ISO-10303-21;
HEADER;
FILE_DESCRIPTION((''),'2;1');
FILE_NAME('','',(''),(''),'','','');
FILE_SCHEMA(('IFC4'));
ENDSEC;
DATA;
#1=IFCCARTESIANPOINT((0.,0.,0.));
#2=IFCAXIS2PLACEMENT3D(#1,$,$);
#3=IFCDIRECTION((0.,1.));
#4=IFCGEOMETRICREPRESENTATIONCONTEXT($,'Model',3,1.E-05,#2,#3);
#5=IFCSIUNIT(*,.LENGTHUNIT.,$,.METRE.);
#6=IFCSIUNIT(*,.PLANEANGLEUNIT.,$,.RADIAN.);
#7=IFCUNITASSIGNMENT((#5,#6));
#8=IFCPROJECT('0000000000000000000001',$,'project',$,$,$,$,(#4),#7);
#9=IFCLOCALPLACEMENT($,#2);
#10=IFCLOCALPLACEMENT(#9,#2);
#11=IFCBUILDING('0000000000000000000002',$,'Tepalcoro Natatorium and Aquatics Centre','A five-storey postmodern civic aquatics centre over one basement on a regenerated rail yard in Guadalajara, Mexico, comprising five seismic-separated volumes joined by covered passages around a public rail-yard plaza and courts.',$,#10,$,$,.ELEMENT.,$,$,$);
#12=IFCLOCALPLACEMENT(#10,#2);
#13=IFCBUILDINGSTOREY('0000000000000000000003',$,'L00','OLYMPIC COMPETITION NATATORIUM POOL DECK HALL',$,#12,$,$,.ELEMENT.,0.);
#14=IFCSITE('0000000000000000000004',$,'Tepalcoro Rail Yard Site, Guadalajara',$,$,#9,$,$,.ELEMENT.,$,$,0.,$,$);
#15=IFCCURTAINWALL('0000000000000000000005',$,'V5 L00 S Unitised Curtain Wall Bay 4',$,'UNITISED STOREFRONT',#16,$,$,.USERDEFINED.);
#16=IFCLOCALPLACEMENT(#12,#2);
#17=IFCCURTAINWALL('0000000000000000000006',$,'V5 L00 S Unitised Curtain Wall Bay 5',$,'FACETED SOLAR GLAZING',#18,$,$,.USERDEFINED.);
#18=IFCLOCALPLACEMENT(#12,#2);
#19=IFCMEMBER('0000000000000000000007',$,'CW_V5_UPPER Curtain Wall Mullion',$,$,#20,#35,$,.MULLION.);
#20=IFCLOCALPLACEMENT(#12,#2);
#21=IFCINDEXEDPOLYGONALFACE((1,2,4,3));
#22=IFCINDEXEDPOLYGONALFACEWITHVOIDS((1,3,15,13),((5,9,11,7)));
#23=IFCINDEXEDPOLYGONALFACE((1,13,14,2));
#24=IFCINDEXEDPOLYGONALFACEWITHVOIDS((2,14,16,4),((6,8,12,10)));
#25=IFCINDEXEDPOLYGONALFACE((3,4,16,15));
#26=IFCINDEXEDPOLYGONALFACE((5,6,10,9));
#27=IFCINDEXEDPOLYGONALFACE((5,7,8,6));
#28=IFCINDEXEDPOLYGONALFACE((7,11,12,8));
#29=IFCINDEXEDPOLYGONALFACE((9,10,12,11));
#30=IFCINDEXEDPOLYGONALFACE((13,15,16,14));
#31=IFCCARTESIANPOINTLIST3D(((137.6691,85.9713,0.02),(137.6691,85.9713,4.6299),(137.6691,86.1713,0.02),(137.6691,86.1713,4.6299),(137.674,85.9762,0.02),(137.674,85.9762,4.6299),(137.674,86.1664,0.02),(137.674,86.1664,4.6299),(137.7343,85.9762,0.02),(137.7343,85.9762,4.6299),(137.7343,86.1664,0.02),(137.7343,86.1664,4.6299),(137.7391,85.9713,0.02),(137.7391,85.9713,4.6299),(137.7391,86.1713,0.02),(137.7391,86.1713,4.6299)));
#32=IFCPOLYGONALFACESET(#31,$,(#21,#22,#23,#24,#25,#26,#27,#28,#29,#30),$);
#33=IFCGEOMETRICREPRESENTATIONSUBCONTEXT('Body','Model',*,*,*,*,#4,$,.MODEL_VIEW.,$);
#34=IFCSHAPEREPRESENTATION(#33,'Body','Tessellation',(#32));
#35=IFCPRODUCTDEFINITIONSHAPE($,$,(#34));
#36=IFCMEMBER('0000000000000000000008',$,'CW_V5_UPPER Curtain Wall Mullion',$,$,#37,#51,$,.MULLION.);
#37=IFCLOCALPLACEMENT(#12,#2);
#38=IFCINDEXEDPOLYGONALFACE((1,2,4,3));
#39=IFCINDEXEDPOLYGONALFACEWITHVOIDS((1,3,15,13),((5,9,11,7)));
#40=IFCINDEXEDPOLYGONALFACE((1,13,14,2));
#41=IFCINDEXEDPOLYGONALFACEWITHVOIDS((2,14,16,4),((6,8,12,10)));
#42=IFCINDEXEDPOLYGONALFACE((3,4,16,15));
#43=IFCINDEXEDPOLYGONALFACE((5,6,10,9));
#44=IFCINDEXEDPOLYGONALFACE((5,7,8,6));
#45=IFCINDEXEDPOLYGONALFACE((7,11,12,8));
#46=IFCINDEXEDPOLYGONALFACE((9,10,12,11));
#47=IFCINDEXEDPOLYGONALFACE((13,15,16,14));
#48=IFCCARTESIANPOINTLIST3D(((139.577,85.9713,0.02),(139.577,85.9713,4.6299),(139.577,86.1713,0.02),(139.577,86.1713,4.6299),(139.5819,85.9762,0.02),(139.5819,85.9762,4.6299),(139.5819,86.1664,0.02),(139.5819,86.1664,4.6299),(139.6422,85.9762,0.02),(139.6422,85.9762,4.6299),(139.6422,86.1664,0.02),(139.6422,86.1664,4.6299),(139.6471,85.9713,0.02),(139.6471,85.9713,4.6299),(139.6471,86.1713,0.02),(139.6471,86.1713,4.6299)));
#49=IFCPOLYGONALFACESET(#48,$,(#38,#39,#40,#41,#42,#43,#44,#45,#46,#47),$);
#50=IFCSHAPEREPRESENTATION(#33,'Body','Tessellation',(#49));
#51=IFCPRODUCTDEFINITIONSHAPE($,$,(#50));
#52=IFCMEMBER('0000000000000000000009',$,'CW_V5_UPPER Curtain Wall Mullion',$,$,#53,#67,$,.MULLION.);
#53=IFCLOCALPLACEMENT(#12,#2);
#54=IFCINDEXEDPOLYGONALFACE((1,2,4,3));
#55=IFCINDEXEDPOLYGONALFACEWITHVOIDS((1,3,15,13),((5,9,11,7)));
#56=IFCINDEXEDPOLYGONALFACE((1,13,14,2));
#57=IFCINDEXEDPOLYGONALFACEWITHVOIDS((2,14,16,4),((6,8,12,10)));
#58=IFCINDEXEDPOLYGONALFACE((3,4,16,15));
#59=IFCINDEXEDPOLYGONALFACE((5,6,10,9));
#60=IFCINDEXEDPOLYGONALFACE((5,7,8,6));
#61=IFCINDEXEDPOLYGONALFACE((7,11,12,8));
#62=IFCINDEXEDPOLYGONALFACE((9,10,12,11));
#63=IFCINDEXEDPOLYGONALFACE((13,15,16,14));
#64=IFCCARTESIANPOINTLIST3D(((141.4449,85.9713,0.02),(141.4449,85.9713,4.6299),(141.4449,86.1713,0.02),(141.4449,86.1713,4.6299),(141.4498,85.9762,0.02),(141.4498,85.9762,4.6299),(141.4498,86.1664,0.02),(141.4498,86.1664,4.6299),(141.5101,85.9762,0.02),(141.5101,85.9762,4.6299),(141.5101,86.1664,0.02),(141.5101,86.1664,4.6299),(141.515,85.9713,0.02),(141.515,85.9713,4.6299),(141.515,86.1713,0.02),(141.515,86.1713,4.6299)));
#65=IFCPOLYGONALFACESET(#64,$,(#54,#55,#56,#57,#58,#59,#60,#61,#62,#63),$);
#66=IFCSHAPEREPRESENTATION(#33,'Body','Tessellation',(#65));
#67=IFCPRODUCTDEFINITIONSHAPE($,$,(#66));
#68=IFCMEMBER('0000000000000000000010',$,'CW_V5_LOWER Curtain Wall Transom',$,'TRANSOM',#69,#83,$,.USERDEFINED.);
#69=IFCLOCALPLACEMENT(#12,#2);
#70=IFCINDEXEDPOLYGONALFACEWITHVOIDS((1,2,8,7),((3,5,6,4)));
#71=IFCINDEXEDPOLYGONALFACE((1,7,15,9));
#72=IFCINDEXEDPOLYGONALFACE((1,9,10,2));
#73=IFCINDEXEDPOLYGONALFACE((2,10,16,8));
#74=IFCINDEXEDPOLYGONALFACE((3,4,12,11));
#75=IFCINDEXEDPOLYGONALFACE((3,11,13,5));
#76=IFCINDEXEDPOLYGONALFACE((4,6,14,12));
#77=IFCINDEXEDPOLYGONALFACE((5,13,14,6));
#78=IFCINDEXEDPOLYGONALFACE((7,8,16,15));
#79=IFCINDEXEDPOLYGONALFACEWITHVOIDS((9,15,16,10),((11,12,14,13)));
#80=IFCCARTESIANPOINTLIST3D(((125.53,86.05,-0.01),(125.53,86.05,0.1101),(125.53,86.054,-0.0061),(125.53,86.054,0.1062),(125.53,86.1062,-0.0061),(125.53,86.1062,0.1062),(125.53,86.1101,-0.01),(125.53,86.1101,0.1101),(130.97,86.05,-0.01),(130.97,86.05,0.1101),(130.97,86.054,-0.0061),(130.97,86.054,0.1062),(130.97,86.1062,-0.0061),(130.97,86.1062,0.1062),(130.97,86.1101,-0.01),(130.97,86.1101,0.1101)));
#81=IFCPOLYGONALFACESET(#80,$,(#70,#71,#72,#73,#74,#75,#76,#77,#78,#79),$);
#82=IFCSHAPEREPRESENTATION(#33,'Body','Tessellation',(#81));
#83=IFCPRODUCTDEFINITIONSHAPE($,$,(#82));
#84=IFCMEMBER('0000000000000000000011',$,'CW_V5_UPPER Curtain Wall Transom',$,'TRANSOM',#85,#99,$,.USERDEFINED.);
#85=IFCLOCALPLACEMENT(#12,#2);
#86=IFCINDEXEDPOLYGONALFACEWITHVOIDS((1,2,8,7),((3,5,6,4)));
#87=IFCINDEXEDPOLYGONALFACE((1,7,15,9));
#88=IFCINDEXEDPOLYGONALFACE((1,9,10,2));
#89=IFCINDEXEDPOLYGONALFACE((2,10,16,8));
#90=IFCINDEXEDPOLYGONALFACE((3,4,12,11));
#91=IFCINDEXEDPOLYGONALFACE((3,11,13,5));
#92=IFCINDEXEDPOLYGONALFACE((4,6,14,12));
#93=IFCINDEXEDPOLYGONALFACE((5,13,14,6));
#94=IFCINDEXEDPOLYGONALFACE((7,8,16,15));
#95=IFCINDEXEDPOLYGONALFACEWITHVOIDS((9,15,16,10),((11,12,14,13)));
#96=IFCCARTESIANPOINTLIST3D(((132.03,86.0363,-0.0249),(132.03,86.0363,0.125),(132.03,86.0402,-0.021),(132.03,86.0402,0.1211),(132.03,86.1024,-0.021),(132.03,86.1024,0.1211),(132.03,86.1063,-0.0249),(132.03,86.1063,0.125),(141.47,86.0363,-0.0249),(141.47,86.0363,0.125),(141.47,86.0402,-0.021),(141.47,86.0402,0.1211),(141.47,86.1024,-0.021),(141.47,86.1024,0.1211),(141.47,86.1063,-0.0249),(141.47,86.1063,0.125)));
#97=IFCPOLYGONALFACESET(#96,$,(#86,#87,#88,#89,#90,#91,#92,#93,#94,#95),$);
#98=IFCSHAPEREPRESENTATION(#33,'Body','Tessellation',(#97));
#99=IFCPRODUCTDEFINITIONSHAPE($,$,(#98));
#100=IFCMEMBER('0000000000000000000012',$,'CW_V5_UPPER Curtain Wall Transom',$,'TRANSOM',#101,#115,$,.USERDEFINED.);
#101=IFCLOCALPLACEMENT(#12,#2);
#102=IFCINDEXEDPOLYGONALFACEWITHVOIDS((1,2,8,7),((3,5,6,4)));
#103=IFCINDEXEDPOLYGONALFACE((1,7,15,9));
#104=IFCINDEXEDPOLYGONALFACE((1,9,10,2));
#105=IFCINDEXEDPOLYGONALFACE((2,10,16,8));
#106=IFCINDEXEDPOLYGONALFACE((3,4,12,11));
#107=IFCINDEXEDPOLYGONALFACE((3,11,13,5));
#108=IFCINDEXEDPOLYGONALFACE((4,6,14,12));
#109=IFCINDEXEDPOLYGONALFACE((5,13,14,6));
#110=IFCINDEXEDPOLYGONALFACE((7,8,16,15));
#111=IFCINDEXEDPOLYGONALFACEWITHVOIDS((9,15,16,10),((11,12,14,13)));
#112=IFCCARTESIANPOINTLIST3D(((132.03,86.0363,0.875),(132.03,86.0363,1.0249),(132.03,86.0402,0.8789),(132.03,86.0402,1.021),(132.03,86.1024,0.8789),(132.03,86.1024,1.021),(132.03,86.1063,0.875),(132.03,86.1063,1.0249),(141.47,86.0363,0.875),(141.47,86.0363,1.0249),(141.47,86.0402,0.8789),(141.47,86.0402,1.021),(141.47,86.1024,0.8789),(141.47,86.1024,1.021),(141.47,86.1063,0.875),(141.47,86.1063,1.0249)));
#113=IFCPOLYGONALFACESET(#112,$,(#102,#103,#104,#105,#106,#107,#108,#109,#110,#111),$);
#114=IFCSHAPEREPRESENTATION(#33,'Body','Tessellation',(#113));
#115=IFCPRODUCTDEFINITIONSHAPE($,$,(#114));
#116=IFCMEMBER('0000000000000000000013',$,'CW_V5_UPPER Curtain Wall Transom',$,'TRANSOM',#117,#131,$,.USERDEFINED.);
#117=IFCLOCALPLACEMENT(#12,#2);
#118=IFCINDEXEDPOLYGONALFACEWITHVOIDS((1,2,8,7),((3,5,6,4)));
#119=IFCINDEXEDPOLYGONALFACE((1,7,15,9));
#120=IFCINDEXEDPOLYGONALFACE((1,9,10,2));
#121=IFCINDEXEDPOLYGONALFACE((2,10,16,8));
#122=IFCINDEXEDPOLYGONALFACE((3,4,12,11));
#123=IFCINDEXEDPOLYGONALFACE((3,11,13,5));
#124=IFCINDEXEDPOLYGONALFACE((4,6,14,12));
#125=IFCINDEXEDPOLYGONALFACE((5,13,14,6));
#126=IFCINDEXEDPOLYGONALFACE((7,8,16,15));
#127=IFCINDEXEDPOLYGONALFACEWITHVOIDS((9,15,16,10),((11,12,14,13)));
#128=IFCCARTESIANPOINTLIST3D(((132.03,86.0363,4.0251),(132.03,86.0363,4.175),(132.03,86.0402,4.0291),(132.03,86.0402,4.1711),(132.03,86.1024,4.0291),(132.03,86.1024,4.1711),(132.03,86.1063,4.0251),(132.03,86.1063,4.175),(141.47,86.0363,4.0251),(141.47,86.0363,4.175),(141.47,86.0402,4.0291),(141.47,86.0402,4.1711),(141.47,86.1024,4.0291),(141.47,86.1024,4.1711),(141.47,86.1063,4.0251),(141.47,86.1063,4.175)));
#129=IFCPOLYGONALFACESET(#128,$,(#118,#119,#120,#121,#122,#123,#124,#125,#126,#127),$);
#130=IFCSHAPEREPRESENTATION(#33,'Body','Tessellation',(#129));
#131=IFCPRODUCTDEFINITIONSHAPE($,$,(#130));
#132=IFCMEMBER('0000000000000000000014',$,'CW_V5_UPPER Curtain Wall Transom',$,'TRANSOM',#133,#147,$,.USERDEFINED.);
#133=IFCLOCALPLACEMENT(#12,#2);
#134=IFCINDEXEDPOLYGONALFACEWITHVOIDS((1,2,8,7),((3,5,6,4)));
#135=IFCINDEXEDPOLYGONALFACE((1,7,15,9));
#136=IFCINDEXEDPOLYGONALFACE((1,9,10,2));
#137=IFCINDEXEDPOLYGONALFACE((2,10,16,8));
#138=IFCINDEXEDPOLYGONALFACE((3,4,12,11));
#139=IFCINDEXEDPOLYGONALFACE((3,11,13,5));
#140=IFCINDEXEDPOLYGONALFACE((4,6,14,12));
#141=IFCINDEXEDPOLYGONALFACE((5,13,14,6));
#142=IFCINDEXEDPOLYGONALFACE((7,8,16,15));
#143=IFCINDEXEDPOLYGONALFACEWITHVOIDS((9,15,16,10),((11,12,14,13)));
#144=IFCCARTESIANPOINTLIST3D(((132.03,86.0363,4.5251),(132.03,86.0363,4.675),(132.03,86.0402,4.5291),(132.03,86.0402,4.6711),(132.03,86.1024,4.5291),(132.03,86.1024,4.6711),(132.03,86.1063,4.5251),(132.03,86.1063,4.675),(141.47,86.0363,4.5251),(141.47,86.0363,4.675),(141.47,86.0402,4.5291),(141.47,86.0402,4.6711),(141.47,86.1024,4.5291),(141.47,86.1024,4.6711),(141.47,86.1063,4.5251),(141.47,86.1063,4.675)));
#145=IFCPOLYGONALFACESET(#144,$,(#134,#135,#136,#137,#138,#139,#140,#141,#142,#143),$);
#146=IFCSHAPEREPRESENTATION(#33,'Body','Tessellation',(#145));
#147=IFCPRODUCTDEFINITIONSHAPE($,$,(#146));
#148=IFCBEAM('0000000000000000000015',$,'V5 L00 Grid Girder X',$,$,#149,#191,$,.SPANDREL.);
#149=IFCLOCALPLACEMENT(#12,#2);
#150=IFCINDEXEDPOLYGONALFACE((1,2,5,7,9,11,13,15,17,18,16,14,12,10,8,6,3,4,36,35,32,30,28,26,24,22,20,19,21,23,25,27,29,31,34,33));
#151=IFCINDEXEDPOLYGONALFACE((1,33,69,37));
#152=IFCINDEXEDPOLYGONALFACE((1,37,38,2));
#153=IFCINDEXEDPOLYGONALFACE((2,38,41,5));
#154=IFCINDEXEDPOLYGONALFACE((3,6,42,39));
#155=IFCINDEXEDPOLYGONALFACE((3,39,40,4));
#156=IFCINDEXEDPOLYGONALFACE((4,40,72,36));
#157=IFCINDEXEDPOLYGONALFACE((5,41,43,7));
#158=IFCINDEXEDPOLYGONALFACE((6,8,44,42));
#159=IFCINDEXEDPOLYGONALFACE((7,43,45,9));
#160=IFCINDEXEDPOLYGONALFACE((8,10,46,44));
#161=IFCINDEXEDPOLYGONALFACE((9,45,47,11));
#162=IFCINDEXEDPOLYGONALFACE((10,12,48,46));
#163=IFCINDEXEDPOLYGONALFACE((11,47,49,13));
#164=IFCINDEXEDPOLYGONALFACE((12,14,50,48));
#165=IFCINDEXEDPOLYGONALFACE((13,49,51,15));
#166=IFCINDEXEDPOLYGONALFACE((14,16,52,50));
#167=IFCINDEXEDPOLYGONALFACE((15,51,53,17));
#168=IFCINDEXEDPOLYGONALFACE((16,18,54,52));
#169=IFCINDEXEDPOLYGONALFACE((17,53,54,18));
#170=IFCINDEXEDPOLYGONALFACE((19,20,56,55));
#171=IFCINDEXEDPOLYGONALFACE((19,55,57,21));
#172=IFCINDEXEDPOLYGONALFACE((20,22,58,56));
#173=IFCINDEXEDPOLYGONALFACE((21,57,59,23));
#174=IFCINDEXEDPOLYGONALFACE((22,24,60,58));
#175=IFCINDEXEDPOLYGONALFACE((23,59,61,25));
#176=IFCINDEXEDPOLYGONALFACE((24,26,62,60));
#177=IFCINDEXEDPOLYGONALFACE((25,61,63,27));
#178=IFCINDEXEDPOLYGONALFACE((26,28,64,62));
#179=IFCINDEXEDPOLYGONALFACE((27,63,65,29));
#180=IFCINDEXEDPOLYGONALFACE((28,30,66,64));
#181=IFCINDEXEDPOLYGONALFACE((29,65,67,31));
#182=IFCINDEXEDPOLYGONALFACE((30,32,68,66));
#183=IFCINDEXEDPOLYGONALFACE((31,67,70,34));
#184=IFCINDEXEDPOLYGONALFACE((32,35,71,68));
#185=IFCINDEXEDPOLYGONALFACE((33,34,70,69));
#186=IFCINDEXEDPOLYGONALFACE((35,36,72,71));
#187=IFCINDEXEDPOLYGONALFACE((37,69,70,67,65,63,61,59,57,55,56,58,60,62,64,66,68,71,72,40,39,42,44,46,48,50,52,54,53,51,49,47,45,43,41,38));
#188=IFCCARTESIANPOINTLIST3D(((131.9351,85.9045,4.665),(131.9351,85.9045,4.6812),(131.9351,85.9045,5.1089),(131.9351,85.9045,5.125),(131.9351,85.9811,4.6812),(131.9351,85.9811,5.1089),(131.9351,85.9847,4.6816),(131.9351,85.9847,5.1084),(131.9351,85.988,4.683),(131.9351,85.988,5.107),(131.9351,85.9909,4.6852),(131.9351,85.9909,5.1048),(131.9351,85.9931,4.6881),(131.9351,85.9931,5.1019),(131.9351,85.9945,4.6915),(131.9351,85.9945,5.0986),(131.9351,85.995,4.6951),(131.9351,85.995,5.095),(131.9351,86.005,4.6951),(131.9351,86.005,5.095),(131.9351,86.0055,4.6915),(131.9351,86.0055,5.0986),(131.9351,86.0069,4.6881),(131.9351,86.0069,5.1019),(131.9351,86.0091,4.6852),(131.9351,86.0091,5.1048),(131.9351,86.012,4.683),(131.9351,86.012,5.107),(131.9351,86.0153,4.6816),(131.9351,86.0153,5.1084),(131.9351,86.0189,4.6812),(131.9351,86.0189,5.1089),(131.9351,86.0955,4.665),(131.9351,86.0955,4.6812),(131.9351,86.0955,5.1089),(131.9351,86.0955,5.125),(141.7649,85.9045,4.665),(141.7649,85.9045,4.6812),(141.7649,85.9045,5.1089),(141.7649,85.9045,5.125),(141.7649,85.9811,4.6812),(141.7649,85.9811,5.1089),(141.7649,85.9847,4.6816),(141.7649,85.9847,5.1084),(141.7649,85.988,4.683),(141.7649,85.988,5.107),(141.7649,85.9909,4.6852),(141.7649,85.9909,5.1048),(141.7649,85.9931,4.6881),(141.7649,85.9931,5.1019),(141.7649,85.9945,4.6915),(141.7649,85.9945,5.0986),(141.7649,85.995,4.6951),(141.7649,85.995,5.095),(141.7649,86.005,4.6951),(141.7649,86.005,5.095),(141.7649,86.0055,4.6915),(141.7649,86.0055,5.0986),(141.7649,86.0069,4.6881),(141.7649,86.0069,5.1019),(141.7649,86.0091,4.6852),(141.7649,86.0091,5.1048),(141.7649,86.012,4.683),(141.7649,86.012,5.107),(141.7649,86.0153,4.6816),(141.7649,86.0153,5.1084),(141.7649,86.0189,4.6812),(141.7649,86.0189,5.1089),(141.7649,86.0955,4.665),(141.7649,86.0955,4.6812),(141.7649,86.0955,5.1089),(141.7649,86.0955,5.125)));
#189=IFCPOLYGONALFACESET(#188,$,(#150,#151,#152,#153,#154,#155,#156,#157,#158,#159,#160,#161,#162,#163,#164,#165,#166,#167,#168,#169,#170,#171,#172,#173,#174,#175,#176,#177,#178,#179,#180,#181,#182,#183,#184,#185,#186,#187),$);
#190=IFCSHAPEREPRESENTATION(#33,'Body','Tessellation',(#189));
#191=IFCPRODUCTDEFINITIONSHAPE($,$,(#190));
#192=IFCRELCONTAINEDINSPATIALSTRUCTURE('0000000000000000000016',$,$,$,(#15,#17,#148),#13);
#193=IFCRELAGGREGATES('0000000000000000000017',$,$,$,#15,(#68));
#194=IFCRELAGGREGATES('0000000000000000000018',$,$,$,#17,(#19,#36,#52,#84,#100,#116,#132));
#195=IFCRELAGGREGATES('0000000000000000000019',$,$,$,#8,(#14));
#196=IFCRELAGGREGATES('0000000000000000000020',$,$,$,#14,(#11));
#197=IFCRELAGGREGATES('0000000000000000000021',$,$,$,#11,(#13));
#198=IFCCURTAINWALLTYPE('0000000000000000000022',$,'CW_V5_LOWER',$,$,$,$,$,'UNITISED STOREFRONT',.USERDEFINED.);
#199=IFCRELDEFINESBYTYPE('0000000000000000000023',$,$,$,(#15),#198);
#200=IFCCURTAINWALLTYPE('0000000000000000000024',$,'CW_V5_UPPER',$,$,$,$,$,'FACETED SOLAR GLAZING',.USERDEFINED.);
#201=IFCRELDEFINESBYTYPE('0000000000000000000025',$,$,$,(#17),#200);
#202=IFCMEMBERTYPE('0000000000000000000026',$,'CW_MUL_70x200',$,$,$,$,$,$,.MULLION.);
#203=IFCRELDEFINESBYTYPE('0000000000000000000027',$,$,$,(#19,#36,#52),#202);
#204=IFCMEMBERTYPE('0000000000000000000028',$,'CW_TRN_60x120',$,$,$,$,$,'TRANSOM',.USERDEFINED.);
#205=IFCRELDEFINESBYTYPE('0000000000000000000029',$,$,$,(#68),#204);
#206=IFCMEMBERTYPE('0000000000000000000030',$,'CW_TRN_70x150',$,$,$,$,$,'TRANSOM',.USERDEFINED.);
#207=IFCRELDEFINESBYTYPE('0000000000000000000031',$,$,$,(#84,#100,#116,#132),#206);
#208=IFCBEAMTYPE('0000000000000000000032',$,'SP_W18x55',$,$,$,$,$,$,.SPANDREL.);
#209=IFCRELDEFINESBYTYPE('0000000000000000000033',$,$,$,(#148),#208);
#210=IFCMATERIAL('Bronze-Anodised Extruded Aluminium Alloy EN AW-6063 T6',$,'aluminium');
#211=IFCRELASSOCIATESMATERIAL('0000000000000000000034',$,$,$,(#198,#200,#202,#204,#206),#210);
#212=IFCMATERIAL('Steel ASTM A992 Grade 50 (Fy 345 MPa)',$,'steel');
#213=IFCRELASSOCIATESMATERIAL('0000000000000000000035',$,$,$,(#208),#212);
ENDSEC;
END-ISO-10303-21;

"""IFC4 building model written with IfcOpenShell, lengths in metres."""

from ifc_helpers import new_model, si_unit, direction, frame, origin, origin_2d, place, context, subcontext, project, spatial, hollow_rectangle, i_section, extrude, material, material_profile, profile_set, type_object, element, aggregate, save


model = new_model("IFC4")

# Units and contexts
model_context = context("Model", 3, precision=1e-05, world=origin(), true_north=direction((0.0, 1.0)))
body_context = subcontext(model_context, "Body", "Model", "MODEL_VIEW")
ifc_project = project(units=[si_unit("LENGTHUNIT", "METRE"), si_unit("PLANEANGLEUNIT", "RADIAN")], contexts=[model_context])

# Site, building, storey
site_placement = place(None, origin())
site = spatial("IfcSite", under=ifc_project, at=site_placement, Name="Tepalcoro Rail Yard Site, Guadalajara", CompositionType="ELEMENT", RefElevation=0.0)
building_placement = place(site_placement, origin())
building = spatial("IfcBuilding", under=site, at=building_placement, Name="Tepalcoro Natatorium and Aquatics Centre", Description="A five-storey postmodern civic aquatics centre over one basement on a regenerated rail yard in Guadalajara, Mexico, comprising five seismic-separated volumes joined by covered passages around a public rail-yard plaza and courts.", CompositionType="ELEMENT")
storey_placement = place(building_placement, origin())
storey = spatial("IfcBuildingStorey", under=building, at=storey_placement, Name="L00", Description="OLYMPIC COMPETITION NATATORIUM POOL DECK HALL", CompositionType="ELEMENT", Elevation=0.0)

# Curtain wall
ifc_material_1 = material(Name="Bronze-Anodised Extruded Aluminium Alloy EN AW-6063 T6", Category="aluminium")
curtain_wall_type_1 = type_object("IfcCurtainWallType", Name="CW_V5_LOWER", ElementType="UNITISED STOREFRONT", PredefinedType="USERDEFINED", material=ifc_material_1)
curtain_wall_1_placement = place(storey_placement, origin())
curtain_wall_1 = element("IfcCurtainWall", 1, at=curtain_wall_1_placement, inside=storey, type_object=curtain_wall_type_1, Name="V5 L00 S Unitised Curtain Wall Bay 4", ObjectType="UNITISED STOREFRONT", PredefinedType="USERDEFINED")

# Curtain wall, members
curtain_wall_type_2 = type_object("IfcCurtainWallType", Name="CW_V5_UPPER", ElementType="FACETED SOLAR GLAZING", PredefinedType="USERDEFINED", material=ifc_material_1)
curtain_wall_2_placement = place(storey_placement, origin())
curtain_wall_2 = element("IfcCurtainWall", 2, at=curtain_wall_2_placement, inside=storey, type_object=curtain_wall_type_2, Name="V5 L00 S Unitised Curtain Wall Bay 5", ObjectType="FACETED SOLAR GLAZING", PredefinedType="USERDEFINED")
ifc_material_profile_1 = material_profile(ifc_material_1, hollow_rectangle(XDim=0.0701, YDim=0.2, WallThickness=0.0049, at=origin_2d()), Name="AL70X200X5")
ifc_profile_set_1 = profile_set([ifc_material_profile_1], Name="Bronze-Anodised Extruded Aluminium Alloy EN AW-6063 T6")
member_type_1 = type_object("IfcMemberType", Name="CW_MUL_70x200", PredefinedType="MULLION", material=ifc_profile_set_1)
member_1_placement = place(storey_placement, frame((137.7041, 86.0713, 0.02), z_axis=(0.0, 0.0, 1.0), x_axis=(1.0, 0.0, 0.0)))
member_1 = element("IfcMember", 3, at=member_1_placement, type_object=member_type_1, Name="CW_V5_UPPER Curtain Wall Mullion", PredefinedType="MULLION", context=body_context, shape_type="SweptSolid", body=[
    extrude(hollow_rectangle(XDim=0.0701, YDim=0.2, WallThickness=0.0049, at=origin_2d()), origin(), (0.0, 0.0, 1.0), 4.6099),
])
member_2_placement = place(storey_placement, frame((139.6121, 86.0713, 0.02), z_axis=(0.0, 0.0, 1.0), x_axis=(1.0, 0.0, 0.0)))
member_2 = element("IfcMember", 4, at=member_2_placement, type_object=member_type_1, Name="CW_V5_UPPER Curtain Wall Mullion", PredefinedType="MULLION", context=body_context, shape_type="SweptSolid", body=[
    extrude(hollow_rectangle(XDim=0.0701, YDim=0.2, WallThickness=0.0049, at=origin_2d()), origin(), (0.0, 0.0, 1.0), 4.6099),
])
member_3_placement = place(storey_placement, frame((141.48, 86.0713, 0.02), z_axis=(0.0, 0.0, 1.0), x_axis=(1.0, 0.0, 0.0)))
member_3 = element("IfcMember", 5, at=member_3_placement, type_object=member_type_1, Name="CW_V5_UPPER Curtain Wall Mullion", PredefinedType="MULLION", context=body_context, shape_type="SweptSolid", body=[
    extrude(hollow_rectangle(XDim=0.0701, YDim=0.2, WallThickness=0.0049, at=origin_2d()), origin(), (0.0, 0.0, 1.0), 4.6099),
])

# Members
ifc_material_profile_2 = material_profile(ifc_material_1, hollow_rectangle(XDim=0.0601, YDim=0.1201, WallThickness=0.0039, at=origin_2d()), Name="AL60X120X4")
ifc_profile_set_2 = profile_set([ifc_material_profile_2], Name="Bronze-Anodised Extruded Aluminium Alloy EN AW-6063 T6")
member_type_2 = type_object("IfcMemberType", Name="CW_TRN_60x120", ElementType="TRANSOM", PredefinedType="USERDEFINED", material=ifc_profile_set_2)
member_4_placement = place(storey_placement, frame((125.53, 86.0801, 0.05), z_axis=(1.0, 0.0, 0.0), x_axis=(0.0, 1.0, 0.0)))
member_4 = element("IfcMember", 6, at=member_4_placement, type_object=member_type_2, Name="CW_V5_LOWER Curtain Wall Transom", ObjectType="TRANSOM", PredefinedType="USERDEFINED", context=body_context, shape_type="SweptSolid", body=[
    extrude(hollow_rectangle(XDim=0.0601, YDim=0.1201, WallThickness=0.0039, at=origin_2d()), origin(), (0.0, 0.0, 1.0), 5.4399),
])
aggregate(curtain_wall_1, [member_4])
ifc_material_profile_3 = material_profile(ifc_material_1, hollow_rectangle(XDim=0.0701, YDim=0.1499, WallThickness=0.0039, at=origin_2d()), Name="AL70X150X4")
ifc_profile_set_3 = profile_set([ifc_material_profile_3], Name="Bronze-Anodised Extruded Aluminium Alloy EN AW-6063 T6")
member_type_3 = type_object("IfcMemberType", Name="CW_TRN_70x150", ElementType="TRANSOM", PredefinedType="USERDEFINED", material=ifc_profile_set_3)
member_5_placement = place(storey_placement, frame((132.03, 86.0713, 0.05), z_axis=(1.0, 0.0, 0.0), x_axis=(0.0, 1.0, 0.0)))
member_5 = element("IfcMember", 7, at=member_5_placement, type_object=member_type_3, Name="CW_V5_UPPER Curtain Wall Transom", ObjectType="TRANSOM", PredefinedType="USERDEFINED", context=body_context, shape_type="SweptSolid", body=[
    extrude(hollow_rectangle(XDim=0.0701, YDim=0.1499, WallThickness=0.0039, at=origin_2d()), origin(), (0.0, 0.0, 1.0), 9.4399),
])
member_6_placement = place(storey_placement, frame((132.03, 86.0713, 0.95), z_axis=(1.0, 0.0, 0.0), x_axis=(0.0, 1.0, 0.0)))
member_6 = element("IfcMember", 8, at=member_6_placement, type_object=member_type_3, Name="CW_V5_UPPER Curtain Wall Transom", ObjectType="TRANSOM", PredefinedType="USERDEFINED", context=body_context, shape_type="SweptSolid", body=[
    extrude(hollow_rectangle(XDim=0.0701, YDim=0.1499, WallThickness=0.0039, at=origin_2d()), origin(), (0.0, 0.0, 1.0), 9.4399),
])
member_7_placement = place(storey_placement, frame((132.03, 86.0713, 4.1001), z_axis=(1.0, 0.0, 0.0), x_axis=(0.0, 1.0, 0.0)))
member_7 = element("IfcMember", 9, at=member_7_placement, type_object=member_type_3, Name="CW_V5_UPPER Curtain Wall Transom", ObjectType="TRANSOM", PredefinedType="USERDEFINED", context=body_context, shape_type="SweptSolid", body=[
    extrude(hollow_rectangle(XDim=0.0701, YDim=0.1499, WallThickness=0.0039, at=origin_2d()), origin(), (0.0, 0.0, 1.0), 9.4399),
])
member_8_placement = place(storey_placement, frame((132.03, 86.0713, 4.6001), z_axis=(1.0, 0.0, 0.0), x_axis=(0.0, 1.0, 0.0)))
member_8 = element("IfcMember", 10, at=member_8_placement, type_object=member_type_3, Name="CW_V5_UPPER Curtain Wall Transom", ObjectType="TRANSOM", PredefinedType="USERDEFINED", context=body_context, shape_type="SweptSolid", body=[
    extrude(hollow_rectangle(XDim=0.0701, YDim=0.1499, WallThickness=0.0039, at=origin_2d()), origin(), (0.0, 0.0, 1.0), 9.4399),
])

# Beam
ifc_material_2 = material(Name="Steel ASTM A992 Grade 50 (Fy 345 MPa)", Category="steel")
ifc_material_profile_4 = material_profile(ifc_material_2, i_section(OverallWidth=0.1909, OverallDepth=0.46, WebThickness=0.01, FlangeThickness=0.0161, FilletRadius=0.0139, at=origin_2d()), Name="W18X55")
ifc_profile_set_4 = profile_set([ifc_material_profile_4], Name="Steel ASTM A992 Grade 50 (Fy 345 MPa)")
beam_type_1 = type_object("IfcBeamType", Name="SP_W18x55", PredefinedType="SPANDREL", material=ifc_profile_set_4)
beam_1_placement = place(storey_placement, frame((131.9351, 86.0, 4.895), z_axis=(1.0, 0.0, 0.0), x_axis=(0.0, 1.0, 0.0)))
element("IfcBeam", 11, at=beam_1_placement, inside=storey, type_object=beam_type_1, Name="V5 L00 Grid Girder X", PredefinedType="SPANDREL", context=body_context, shape_type="SweptSolid", body=[
    extrude(i_section(OverallWidth=0.1909, OverallDepth=0.46, WebThickness=0.01, FlangeThickness=0.0161, FilletRadius=0.0139, at=origin_2d()), origin(), (0.0, 0.0, 1.0), 9.8298),
])

aggregate(curtain_wall_2, [member_1, member_2, member_3, member_5, member_6, member_7, member_8])

save(model, "model.ifc")
